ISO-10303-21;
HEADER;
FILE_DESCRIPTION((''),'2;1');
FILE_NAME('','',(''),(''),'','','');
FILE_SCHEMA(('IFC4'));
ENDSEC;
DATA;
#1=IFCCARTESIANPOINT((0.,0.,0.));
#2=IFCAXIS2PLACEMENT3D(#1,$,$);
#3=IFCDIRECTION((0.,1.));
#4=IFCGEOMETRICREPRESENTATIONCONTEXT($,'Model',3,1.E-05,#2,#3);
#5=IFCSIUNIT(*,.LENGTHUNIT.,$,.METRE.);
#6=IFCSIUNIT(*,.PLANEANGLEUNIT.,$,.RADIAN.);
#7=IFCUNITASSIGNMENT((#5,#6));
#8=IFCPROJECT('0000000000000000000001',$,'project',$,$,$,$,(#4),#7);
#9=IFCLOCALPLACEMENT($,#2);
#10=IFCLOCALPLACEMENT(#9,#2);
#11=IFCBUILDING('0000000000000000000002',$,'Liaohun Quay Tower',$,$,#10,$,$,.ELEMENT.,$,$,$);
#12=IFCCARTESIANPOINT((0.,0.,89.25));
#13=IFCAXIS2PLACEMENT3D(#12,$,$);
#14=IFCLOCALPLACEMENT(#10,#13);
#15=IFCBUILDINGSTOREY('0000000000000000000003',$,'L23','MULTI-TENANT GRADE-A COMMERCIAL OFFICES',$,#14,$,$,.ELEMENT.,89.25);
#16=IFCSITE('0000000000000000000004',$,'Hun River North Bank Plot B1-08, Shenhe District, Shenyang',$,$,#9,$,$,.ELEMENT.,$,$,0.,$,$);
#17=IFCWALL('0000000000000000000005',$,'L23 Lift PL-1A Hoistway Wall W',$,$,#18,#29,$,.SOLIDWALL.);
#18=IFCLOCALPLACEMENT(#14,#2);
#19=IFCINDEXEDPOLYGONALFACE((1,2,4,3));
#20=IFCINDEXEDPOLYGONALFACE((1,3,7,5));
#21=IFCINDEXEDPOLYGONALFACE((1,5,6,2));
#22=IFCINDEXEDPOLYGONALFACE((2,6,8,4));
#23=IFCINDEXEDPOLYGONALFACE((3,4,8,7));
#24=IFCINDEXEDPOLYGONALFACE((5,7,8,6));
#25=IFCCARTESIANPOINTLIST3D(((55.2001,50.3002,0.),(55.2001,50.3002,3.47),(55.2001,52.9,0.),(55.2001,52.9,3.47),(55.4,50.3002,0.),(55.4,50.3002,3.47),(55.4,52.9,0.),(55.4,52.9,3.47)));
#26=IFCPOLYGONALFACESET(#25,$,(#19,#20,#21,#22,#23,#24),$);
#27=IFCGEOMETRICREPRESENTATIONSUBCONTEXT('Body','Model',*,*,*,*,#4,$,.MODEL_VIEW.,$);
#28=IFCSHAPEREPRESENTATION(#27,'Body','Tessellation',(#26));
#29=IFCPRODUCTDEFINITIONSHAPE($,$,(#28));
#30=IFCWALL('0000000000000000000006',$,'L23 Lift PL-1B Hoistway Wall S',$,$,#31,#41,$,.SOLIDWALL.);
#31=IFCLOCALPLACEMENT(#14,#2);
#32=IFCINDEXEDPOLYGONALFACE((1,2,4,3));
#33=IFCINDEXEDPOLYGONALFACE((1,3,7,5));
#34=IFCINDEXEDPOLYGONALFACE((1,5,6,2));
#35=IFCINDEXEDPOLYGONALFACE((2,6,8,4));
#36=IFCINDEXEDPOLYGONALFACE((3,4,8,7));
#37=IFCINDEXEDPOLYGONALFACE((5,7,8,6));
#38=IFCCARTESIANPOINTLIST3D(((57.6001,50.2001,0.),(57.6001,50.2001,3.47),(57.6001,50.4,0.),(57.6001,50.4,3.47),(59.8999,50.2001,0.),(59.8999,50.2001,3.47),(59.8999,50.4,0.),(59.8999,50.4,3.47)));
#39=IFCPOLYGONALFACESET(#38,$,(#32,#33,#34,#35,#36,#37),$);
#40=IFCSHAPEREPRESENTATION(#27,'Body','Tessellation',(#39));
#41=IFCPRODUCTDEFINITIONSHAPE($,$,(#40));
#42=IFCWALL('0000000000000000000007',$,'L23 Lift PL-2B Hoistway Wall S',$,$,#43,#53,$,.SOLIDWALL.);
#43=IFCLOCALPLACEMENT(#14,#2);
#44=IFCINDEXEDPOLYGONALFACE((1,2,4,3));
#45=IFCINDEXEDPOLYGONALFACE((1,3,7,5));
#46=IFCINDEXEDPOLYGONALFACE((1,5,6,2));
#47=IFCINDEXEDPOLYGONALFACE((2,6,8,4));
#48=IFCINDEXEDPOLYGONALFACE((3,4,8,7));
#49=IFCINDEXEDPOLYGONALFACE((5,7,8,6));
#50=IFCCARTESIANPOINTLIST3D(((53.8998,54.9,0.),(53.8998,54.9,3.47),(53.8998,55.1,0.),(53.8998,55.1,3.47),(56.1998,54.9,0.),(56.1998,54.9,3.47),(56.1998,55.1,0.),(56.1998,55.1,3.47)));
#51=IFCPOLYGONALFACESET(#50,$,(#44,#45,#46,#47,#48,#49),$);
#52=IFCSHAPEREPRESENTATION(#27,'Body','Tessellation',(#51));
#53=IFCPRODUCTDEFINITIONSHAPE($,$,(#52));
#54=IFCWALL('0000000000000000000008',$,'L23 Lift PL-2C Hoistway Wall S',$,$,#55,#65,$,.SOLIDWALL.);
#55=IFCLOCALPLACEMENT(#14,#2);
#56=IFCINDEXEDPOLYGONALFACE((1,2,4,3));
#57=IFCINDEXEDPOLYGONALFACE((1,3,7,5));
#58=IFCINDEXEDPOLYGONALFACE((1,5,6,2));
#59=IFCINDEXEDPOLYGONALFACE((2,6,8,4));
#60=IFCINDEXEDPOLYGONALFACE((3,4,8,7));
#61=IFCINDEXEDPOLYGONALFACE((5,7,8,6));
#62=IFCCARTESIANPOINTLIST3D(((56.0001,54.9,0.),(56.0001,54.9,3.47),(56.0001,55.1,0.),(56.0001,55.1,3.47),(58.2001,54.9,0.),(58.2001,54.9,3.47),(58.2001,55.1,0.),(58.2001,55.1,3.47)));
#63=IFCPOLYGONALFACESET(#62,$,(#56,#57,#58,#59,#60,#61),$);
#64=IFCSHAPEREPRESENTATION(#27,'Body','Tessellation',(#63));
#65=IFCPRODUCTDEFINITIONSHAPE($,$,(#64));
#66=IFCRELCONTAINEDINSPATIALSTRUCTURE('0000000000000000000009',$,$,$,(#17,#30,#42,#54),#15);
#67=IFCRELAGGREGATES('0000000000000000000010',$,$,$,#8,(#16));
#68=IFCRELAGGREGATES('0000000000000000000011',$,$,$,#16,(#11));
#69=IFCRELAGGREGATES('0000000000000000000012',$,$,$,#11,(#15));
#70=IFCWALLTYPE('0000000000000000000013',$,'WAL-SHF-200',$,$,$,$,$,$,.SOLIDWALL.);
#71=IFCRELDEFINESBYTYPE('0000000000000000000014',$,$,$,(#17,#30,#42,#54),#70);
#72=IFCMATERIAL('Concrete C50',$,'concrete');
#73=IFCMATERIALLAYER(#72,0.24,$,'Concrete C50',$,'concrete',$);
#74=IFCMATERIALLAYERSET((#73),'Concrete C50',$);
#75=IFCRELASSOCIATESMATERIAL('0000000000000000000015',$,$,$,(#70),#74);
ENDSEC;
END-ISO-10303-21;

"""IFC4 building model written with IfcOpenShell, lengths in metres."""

from ifc_helpers import new_model, si_unit, direction, frame, frame_2d, origin, place, context, subcontext, project, spatial, rectangle, extrude, material, layer, layer_set, type_object, element, save


model = new_model("IFC4")

# Units and contexts
model_context = context("Model", 3, precision=1e-05, world=origin(), true_north=direction((0.0, 1.0)))
body_context = subcontext(model_context, "Body", "Model", "MODEL_VIEW")
ifc_project = project(units=[si_unit("LENGTHUNIT", "METRE"), si_unit("PLANEANGLEUNIT", "RADIAN")], contexts=[model_context])

# Site, building, storey
site_placement = place(None, origin())
site = spatial("IfcSite", under=ifc_project, at=site_placement, Name="Hun River North Bank Plot B1-08, Shenhe District, Shenyang", CompositionType="ELEMENT", RefElevation=0.0)
building_placement = place(site_placement, origin())
building = spatial("IfcBuilding", under=site, at=building_placement, Name="Liaohun Quay Tower", CompositionType="ELEMENT")
storey_placement = place(building_placement, frame((0.0, 0.0, 89.25)))
storey = spatial("IfcBuildingStorey", under=building, at=storey_placement, Name="L23", Description="MULTI-TENANT GRADE-A COMMERCIAL OFFICES", CompositionType="ELEMENT", Elevation=89.25)

# Shared definitions
ifc_material_1 = material(Name="Concrete C50", Category="concrete")
ifc_layer_1 = layer(ifc_material_1, 0.24, Name="Concrete C50", Category="concrete")
ifc_layer_set_1 = layer_set([ifc_layer_1], Name="Concrete C50")
wall_type_1 = type_object("IfcWallType", Name="WAL-SHF-200", PredefinedType="SOLIDWALL", material=ifc_layer_set_1)

# Walls
wall_1_placement = place(storey_placement, frame((55.3, 52.8999, 0.0), z_axis=(0.0, 0.0, 1.0), x_axis=(0.0, -1.0, 0.0)))
element("IfcWall", 1, at=wall_1_placement, inside=storey, type_object=wall_type_1, Name="L23 Lift PL-1A Hoistway Wall W", PredefinedType="SOLIDWALL", context=body_context, shape_type="SweptSolid", body=[
    extrude(rectangle(XDim=2.5999, YDim=0.2, at=frame_2d((1.2998, 0.0))), origin(), (0.0, 0.0, 1.0), 3.47),
])
wall_2_placement = place(storey_placement, frame((57.6001, 50.3, 0.0), z_axis=(0.0, 0.0, 1.0), x_axis=(1.0, 0.0, 0.0)))
element("IfcWall", 2, at=wall_2_placement, inside=storey, type_object=wall_type_1, Name="L23 Lift PL-1B Hoistway Wall S", PredefinedType="SOLIDWALL", context=body_context, shape_type="SweptSolid", body=[
    extrude(rectangle(XDim=2.2998, YDim=0.2, at=frame_2d((1.1499, 0.0))), origin(), (0.0, 0.0, 1.0), 3.47),
])
wall_3_placement = place(storey_placement, frame((53.8999, 55.0, 0.0), z_axis=(0.0, 0.0, 1.0), x_axis=(1.0, 0.0, 0.0)))
element("IfcWall", 3, at=wall_3_placement, inside=storey, type_object=wall_type_1, Name="L23 Lift PL-2B Hoistway Wall S", PredefinedType="SOLIDWALL", context=body_context, shape_type="SweptSolid", body=[
    extrude(rectangle(XDim=2.3, YDim=0.2, at=frame_2d((1.1499, 0.0))), origin(), (0.0, 0.0, 1.0), 3.47),
])
wall_4_placement = place(storey_placement, frame((56.0, 55.0, 0.0), z_axis=(0.0, 0.0, 1.0), x_axis=(1.0, 0.0, 0.0)))
element("IfcWall", 4, at=wall_4_placement, inside=storey, type_object=wall_type_1, Name="L23 Lift PL-2C Hoistway Wall S", PredefinedType="SOLIDWALL", context=body_context, shape_type="SweptSolid", body=[
    extrude(rectangle(XDim=2.2, YDim=0.2, at=frame_2d((1.1001, 0.0))), origin(), (0.0, 0.0, 1.0), 3.47),
])

save(model, "model.ifc")
